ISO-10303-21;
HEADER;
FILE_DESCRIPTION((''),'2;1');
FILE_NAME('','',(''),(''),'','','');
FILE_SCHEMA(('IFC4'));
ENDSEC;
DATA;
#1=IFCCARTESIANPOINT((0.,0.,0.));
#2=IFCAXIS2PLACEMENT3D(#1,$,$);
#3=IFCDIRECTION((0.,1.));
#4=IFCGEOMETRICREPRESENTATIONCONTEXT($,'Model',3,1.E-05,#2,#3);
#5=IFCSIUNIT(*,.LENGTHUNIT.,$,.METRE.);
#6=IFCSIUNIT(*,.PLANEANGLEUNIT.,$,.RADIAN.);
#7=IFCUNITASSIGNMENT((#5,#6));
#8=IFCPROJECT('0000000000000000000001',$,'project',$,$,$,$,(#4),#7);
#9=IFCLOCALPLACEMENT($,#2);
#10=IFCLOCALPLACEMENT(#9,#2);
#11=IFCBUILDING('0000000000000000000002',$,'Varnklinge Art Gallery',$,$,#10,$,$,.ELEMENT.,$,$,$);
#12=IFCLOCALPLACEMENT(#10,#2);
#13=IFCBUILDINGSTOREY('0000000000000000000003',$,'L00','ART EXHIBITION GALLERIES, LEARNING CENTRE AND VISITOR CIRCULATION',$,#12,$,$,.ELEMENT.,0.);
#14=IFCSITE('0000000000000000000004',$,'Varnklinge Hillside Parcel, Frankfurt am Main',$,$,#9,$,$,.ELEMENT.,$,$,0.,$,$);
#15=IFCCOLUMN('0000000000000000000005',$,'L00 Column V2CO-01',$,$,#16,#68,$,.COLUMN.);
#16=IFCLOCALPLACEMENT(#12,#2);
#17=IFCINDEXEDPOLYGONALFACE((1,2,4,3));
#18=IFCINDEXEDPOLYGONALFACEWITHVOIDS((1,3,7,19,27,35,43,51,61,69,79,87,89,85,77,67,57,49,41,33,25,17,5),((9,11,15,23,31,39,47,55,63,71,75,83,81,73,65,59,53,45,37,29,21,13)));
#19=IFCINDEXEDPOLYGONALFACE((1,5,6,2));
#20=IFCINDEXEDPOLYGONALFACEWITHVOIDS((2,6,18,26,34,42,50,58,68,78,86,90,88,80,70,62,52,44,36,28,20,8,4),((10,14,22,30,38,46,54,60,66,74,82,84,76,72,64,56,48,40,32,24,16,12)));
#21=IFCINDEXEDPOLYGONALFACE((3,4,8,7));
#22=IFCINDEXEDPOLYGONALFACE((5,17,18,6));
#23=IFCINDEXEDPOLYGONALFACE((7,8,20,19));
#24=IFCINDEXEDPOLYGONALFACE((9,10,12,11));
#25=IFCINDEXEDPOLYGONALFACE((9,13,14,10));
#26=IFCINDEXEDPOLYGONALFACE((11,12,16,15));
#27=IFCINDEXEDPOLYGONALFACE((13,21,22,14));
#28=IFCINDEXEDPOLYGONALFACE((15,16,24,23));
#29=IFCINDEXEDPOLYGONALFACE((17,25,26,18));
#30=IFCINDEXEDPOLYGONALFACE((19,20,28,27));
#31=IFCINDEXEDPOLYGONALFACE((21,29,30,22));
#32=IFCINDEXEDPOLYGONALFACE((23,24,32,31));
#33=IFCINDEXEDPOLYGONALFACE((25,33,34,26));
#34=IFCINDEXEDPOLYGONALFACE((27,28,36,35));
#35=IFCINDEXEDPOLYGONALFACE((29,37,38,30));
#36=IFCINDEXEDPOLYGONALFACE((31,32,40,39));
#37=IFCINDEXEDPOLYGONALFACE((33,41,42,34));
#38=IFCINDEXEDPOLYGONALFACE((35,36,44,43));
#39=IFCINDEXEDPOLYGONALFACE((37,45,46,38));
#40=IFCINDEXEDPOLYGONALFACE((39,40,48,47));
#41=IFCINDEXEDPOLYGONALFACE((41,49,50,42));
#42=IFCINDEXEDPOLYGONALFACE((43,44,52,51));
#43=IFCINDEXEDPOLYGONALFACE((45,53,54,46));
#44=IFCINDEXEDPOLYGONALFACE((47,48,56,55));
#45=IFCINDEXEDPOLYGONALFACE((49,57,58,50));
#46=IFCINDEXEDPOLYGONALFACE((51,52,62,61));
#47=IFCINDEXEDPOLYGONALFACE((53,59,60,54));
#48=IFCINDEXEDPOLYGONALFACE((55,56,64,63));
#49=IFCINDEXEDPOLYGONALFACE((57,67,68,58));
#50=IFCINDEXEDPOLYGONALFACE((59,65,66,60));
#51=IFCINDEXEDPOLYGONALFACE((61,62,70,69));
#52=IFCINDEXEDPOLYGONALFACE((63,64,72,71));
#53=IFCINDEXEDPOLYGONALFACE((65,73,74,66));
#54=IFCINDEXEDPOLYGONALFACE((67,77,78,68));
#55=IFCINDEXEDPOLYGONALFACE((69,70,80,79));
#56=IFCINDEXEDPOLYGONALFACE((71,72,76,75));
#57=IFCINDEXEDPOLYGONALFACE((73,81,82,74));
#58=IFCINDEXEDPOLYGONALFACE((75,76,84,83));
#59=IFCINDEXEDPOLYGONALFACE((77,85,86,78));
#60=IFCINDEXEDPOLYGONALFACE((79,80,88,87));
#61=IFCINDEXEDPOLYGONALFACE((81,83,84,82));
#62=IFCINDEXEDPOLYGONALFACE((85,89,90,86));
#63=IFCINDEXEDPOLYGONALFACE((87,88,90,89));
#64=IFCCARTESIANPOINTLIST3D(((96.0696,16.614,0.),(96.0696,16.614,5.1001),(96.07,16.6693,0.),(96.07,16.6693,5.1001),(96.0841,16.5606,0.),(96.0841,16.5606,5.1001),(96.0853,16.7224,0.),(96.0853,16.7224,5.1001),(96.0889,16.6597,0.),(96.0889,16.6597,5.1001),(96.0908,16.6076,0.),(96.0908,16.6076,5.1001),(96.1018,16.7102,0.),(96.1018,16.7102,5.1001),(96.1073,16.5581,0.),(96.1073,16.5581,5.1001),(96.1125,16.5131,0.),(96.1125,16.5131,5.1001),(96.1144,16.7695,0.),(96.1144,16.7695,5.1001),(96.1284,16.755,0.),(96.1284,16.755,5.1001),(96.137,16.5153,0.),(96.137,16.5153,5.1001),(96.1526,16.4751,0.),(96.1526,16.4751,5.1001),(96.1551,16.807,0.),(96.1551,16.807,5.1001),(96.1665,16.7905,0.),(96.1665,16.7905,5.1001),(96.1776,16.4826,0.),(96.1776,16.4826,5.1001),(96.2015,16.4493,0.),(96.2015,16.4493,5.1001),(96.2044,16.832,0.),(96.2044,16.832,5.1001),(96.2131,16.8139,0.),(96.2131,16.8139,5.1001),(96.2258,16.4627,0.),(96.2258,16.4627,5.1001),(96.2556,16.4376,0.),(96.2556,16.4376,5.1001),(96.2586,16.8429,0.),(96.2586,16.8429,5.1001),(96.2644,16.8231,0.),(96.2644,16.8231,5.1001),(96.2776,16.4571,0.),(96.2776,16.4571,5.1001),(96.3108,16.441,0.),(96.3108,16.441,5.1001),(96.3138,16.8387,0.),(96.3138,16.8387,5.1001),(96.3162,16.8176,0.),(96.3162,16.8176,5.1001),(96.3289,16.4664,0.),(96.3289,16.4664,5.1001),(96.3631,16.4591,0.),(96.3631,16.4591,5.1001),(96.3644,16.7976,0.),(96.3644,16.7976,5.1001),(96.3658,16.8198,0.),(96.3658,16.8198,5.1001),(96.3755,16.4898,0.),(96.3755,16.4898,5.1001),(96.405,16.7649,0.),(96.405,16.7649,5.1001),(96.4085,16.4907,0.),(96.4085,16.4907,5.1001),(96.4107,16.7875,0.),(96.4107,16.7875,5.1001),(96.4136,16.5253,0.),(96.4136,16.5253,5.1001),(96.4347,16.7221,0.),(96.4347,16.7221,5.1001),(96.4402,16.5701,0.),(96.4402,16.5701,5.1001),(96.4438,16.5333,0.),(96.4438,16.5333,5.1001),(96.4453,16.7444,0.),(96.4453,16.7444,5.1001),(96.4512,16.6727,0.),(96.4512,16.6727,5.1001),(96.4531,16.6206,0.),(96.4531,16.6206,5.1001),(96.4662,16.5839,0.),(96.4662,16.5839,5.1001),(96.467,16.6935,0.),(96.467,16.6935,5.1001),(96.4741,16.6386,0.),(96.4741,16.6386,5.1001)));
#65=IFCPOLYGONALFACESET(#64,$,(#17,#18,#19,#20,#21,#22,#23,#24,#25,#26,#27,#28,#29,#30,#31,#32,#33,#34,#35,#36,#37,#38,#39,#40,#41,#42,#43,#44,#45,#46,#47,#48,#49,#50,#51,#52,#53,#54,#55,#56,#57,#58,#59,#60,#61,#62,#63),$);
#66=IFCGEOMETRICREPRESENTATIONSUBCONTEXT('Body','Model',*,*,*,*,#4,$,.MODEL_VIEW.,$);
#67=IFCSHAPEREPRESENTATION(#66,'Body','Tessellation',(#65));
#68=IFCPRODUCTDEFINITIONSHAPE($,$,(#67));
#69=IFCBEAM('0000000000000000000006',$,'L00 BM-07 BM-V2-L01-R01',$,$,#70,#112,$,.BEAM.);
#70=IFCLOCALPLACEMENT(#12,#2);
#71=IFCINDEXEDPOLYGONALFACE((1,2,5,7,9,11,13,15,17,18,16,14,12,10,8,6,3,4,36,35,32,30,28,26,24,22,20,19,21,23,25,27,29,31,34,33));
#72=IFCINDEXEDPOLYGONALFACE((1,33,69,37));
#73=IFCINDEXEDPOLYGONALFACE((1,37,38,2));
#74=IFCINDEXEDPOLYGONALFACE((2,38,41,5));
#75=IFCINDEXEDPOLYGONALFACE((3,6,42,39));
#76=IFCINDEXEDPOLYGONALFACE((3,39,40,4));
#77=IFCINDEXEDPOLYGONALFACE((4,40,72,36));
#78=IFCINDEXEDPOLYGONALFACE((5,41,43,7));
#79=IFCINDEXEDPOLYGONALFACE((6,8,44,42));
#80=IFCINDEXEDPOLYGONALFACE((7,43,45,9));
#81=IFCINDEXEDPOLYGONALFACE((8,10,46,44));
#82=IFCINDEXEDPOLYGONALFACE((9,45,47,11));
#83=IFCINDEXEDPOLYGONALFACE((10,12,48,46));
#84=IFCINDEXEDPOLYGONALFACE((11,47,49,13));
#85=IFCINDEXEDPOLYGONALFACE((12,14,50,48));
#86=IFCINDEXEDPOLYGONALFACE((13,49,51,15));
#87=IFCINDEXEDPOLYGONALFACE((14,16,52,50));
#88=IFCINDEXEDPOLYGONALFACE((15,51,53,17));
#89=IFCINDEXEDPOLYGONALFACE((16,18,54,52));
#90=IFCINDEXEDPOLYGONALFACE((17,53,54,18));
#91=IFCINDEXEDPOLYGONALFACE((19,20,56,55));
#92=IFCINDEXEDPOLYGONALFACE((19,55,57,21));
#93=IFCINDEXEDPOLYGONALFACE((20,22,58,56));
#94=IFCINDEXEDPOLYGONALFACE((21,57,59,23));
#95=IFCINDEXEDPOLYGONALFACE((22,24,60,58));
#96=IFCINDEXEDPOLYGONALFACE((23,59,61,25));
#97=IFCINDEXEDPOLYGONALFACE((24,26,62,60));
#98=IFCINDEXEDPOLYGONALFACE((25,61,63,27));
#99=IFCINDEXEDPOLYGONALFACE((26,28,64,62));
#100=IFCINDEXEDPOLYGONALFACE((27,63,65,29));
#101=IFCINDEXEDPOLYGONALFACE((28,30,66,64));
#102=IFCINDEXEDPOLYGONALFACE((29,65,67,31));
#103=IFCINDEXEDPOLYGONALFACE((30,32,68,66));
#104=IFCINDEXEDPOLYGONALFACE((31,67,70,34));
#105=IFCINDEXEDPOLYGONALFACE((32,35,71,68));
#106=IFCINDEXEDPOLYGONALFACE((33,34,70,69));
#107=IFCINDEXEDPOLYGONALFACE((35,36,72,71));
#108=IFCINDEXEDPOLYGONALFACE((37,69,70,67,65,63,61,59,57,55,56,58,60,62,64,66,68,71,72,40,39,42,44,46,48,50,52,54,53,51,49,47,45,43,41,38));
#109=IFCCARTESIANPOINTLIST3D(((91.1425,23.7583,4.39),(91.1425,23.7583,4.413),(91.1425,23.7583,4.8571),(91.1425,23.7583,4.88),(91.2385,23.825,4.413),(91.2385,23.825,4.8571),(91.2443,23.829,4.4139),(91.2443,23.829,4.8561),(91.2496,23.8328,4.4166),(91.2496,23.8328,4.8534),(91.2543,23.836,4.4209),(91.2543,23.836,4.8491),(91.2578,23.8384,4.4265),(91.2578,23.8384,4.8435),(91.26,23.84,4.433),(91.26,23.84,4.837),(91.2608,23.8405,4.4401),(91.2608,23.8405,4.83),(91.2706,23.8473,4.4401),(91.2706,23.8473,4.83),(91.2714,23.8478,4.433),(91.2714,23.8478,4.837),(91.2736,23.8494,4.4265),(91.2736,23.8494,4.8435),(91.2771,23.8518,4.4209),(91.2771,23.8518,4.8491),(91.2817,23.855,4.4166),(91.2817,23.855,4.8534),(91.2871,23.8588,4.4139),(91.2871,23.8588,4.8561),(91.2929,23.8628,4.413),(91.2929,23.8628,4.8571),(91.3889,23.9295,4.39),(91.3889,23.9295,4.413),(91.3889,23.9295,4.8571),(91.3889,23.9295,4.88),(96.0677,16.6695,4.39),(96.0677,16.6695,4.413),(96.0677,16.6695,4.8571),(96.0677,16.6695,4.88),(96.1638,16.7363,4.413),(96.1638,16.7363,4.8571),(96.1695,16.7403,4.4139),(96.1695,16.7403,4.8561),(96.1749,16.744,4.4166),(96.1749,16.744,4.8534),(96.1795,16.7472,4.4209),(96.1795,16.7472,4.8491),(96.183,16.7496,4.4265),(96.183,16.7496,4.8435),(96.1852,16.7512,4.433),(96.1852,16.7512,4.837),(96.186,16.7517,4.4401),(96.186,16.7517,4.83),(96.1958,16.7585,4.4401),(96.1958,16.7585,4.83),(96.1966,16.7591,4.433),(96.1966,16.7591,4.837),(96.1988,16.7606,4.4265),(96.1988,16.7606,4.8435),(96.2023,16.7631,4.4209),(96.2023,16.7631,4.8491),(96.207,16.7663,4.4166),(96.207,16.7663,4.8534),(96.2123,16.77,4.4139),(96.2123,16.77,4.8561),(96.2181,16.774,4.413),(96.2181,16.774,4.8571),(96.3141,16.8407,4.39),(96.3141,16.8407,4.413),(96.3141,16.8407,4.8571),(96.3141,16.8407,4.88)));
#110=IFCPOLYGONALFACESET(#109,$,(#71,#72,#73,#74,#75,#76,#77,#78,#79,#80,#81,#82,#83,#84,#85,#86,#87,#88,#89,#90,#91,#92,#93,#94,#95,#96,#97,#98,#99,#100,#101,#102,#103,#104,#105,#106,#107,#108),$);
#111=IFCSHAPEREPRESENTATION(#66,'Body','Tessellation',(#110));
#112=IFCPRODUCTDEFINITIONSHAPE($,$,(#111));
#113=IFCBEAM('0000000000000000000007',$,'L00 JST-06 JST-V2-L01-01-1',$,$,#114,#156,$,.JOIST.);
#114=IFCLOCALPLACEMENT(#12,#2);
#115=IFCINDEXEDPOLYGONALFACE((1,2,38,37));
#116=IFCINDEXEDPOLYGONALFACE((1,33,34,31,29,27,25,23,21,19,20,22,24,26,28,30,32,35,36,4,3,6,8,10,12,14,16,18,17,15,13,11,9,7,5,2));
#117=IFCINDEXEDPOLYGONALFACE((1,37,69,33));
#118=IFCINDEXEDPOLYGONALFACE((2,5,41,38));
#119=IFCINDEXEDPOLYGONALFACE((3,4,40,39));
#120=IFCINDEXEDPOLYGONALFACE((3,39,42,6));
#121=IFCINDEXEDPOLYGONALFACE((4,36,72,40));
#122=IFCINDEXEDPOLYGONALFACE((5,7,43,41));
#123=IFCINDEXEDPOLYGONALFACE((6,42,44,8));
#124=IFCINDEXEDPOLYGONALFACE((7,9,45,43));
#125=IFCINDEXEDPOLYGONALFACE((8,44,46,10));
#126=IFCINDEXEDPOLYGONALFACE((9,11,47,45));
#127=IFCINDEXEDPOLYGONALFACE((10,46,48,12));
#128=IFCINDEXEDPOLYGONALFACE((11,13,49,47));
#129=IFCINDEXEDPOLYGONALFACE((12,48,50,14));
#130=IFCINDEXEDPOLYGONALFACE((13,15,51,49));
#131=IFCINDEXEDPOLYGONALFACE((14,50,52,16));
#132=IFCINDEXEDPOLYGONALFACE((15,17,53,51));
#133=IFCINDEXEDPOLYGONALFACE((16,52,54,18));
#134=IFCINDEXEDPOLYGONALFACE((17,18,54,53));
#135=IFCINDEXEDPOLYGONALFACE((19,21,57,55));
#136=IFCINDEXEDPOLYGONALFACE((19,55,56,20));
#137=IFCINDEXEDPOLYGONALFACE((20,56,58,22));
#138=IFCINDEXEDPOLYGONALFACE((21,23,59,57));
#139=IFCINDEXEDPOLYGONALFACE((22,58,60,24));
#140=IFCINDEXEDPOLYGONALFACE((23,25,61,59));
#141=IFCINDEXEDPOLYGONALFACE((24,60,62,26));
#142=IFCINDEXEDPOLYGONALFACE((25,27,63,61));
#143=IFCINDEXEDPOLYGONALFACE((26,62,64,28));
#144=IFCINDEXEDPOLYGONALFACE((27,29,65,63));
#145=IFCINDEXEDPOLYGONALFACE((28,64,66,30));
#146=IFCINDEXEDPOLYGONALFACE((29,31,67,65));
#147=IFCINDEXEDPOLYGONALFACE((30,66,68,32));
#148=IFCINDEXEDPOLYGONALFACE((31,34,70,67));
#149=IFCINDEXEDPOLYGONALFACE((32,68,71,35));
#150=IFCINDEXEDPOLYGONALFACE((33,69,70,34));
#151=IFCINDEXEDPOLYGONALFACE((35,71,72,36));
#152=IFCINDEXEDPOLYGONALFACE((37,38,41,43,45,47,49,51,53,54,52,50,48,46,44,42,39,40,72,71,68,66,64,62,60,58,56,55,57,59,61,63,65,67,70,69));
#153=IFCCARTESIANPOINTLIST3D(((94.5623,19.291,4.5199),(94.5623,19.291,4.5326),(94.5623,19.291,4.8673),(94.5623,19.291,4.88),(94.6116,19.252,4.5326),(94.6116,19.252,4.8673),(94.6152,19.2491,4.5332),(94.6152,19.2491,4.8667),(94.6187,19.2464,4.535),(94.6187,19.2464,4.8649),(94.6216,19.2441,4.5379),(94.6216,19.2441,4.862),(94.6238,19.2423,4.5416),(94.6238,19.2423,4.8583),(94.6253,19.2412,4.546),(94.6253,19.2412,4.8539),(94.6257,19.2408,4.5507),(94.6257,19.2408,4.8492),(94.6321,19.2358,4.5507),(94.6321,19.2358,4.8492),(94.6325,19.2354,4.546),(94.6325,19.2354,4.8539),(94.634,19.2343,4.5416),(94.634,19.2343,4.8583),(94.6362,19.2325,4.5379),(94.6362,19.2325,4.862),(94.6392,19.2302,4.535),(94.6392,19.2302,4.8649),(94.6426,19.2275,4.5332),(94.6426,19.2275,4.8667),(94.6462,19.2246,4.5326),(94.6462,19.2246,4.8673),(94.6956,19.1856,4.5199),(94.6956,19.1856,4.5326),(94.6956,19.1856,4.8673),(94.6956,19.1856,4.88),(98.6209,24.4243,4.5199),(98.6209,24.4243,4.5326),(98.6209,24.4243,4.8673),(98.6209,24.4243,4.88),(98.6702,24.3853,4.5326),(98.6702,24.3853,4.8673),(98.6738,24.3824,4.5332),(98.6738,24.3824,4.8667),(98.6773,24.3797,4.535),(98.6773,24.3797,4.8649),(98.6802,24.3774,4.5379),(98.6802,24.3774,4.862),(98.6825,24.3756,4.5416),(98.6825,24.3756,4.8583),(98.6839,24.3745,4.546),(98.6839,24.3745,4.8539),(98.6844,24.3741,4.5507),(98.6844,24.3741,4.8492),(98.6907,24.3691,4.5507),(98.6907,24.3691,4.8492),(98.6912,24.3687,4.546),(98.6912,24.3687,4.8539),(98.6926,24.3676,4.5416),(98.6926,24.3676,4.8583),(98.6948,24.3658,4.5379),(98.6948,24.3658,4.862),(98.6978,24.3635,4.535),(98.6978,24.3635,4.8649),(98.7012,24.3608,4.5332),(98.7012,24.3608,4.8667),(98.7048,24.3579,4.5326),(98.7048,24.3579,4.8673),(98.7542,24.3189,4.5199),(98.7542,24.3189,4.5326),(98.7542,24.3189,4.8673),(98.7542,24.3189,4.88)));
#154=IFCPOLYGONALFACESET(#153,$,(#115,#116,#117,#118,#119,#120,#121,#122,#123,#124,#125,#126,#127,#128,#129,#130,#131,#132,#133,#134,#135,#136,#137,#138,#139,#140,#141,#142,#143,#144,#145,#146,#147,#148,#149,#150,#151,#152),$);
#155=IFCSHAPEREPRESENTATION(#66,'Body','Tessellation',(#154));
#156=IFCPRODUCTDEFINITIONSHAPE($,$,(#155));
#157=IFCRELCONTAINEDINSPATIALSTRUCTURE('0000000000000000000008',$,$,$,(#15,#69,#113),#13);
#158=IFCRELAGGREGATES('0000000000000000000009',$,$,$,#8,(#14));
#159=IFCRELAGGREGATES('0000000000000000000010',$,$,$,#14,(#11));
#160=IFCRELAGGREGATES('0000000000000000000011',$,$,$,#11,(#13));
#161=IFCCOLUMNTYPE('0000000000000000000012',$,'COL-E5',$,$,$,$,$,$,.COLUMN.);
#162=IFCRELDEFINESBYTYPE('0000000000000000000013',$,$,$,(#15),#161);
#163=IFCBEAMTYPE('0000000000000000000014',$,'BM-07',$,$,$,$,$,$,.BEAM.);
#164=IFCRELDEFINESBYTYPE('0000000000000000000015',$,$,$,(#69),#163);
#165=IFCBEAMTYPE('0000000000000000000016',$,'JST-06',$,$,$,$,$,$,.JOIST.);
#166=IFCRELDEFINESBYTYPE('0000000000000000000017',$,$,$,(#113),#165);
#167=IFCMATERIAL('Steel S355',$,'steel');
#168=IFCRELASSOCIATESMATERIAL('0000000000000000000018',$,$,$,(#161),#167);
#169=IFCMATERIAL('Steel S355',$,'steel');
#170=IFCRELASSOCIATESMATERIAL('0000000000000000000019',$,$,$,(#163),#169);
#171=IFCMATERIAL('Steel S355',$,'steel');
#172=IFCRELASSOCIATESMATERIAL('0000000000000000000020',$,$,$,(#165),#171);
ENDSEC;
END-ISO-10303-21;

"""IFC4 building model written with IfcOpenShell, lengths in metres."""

from ifc_helpers import new_model, si_unit, direction, frame, origin, origin_2d, place, context, subcontext, project, spatial, hollow_circle, i_section, extrude, material, material_profile, profile_set, type_object, element, save


model = new_model("IFC4")

# Units and contexts
model_context = context("Model", 3, precision=1e-05, world=origin(), true_north=direction((0.0, 1.0)))
body_context = subcontext(model_context, "Body", "Model", "MODEL_VIEW")
ifc_project = project(units=[si_unit("LENGTHUNIT", "METRE"), si_unit("PLANEANGLEUNIT", "RADIAN")], contexts=[model_context])

# Site, building, storey
site_placement = place(None, origin())
site = spatial("IfcSite", under=ifc_project, at=site_placement, Name="Varnklinge Hillside Parcel, Frankfurt am Main", CompositionType="ELEMENT", RefElevation=0.0)
building_placement = place(site_placement, origin())
building = spatial("IfcBuilding", under=site, at=building_placement, Name="Varnklinge Art Gallery", CompositionType="ELEMENT")
storey_placement = place(building_placement, origin())
storey = spatial("IfcBuildingStorey", under=building, at=storey_placement, Name="L00", Description="ART EXHIBITION GALLERIES, LEARNING CENTRE AND VISITOR CIRCULATION", CompositionType="ELEMENT", Elevation=0.0)

# Column
ifc_material_1 = material(Name="Steel S355", Category="steel")
ifc_material_profile_1 = material_profile(ifc_material_1, hollow_circle(Radius=0.2031, WallThickness=0.02, at=origin_2d()), Name="CHS 406.4x20")
ifc_profile_set_1 = profile_set([ifc_material_profile_1], Name="Steel S355")
column_type = type_object("IfcColumnType", Name="COL-E5", PredefinedType="COLUMN", material=ifc_profile_set_1)
column_placement = place(storey_placement, frame((96.271, 16.6401, 0.0), z_axis=(0.0, 0.0, 1.0), x_axis=(-0.57057, 0.821249, 0.0)))
element("IfcColumn", 1, at=column_placement, inside=storey, type_object=column_type, Name="L00 Column V2CO-01", PredefinedType="COLUMN", context=body_context, shape_type="SweptSolid", body=[
    extrude(hollow_circle(Radius=0.2031, WallThickness=0.02, at=origin_2d()), origin(), (0.0, 0.0, 1.0), 5.1001),
])

# Beams
ifc_material_2 = material(Name="Steel S355", Category="steel")
ifc_material_profile_2 = material_profile(ifc_material_2, i_section(OverallWidth=0.3, OverallDepth=0.49, WebThickness=0.012, FlangeThickness=0.0229, FilletRadius=0.0271, at=origin_2d()), Name="HEA 500")
ifc_profile_set_2 = profile_set([ifc_material_profile_2], Name="Steel S355")
beam_type_1 = type_object("IfcBeamType", Name="BM-07", PredefinedType="BEAM", material=ifc_profile_set_2)
beam_1_placement = place(storey_placement, frame((96.1909, 16.7551, 4.635), z_axis=(-0.570589, 0.821236, 0.0), x_axis=(-0.821236, -0.570589, 0.0)))
element("IfcBeam", 2, at=beam_1_placement, inside=storey, type_object=beam_type_1, Name="L00 BM-07 BM-V2-L01-R01", PredefinedType="BEAM", context=body_context, shape_type="SweptSolid", body=[
    extrude(i_section(OverallWidth=0.3, OverallDepth=0.49, WebThickness=0.012, FlangeThickness=0.0229, FilletRadius=0.0271, at=origin_2d()), origin(), (0.0, 0.0, 1.0), 8.6318),
])
ifc_material_3 = material(Name="Steel S355", Category="steel")
ifc_material_profile_3 = material_profile(ifc_material_3, i_section(OverallWidth=0.1699, OverallDepth=0.3601, WebThickness=0.0081, FlangeThickness=0.0127, FilletRadius=0.0181, at=origin_2d()), Name="IPE 360")
ifc_profile_set_3 = profile_set([ifc_material_profile_3], Name="Steel S355")
beam_type_2 = type_object("IfcBeamType", Name="JST-06", PredefinedType="JOIST", material=ifc_profile_set_3)
beam_2_placement = place(storey_placement, frame((94.6289, 19.2383, 4.7), z_axis=(0.620208, 0.784438, 0.0), x_axis=(-0.784438, 0.620208, 0.0)))
element("IfcBeam", 3, at=beam_2_placement, inside=storey, type_object=beam_type_2, Name="L00 JST-06 JST-V2-L01-01-1", PredefinedType="JOIST", context=body_context, shape_type="SweptSolid", body=[
    extrude(i_section(OverallWidth=0.1699, OverallDepth=0.3601, WebThickness=0.0081, FlangeThickness=0.0127, FilletRadius=0.0181, at=origin_2d()), origin(), (0.0, 0.0, 1.0), 6.5439),
])

save(model, "model.ifc")
